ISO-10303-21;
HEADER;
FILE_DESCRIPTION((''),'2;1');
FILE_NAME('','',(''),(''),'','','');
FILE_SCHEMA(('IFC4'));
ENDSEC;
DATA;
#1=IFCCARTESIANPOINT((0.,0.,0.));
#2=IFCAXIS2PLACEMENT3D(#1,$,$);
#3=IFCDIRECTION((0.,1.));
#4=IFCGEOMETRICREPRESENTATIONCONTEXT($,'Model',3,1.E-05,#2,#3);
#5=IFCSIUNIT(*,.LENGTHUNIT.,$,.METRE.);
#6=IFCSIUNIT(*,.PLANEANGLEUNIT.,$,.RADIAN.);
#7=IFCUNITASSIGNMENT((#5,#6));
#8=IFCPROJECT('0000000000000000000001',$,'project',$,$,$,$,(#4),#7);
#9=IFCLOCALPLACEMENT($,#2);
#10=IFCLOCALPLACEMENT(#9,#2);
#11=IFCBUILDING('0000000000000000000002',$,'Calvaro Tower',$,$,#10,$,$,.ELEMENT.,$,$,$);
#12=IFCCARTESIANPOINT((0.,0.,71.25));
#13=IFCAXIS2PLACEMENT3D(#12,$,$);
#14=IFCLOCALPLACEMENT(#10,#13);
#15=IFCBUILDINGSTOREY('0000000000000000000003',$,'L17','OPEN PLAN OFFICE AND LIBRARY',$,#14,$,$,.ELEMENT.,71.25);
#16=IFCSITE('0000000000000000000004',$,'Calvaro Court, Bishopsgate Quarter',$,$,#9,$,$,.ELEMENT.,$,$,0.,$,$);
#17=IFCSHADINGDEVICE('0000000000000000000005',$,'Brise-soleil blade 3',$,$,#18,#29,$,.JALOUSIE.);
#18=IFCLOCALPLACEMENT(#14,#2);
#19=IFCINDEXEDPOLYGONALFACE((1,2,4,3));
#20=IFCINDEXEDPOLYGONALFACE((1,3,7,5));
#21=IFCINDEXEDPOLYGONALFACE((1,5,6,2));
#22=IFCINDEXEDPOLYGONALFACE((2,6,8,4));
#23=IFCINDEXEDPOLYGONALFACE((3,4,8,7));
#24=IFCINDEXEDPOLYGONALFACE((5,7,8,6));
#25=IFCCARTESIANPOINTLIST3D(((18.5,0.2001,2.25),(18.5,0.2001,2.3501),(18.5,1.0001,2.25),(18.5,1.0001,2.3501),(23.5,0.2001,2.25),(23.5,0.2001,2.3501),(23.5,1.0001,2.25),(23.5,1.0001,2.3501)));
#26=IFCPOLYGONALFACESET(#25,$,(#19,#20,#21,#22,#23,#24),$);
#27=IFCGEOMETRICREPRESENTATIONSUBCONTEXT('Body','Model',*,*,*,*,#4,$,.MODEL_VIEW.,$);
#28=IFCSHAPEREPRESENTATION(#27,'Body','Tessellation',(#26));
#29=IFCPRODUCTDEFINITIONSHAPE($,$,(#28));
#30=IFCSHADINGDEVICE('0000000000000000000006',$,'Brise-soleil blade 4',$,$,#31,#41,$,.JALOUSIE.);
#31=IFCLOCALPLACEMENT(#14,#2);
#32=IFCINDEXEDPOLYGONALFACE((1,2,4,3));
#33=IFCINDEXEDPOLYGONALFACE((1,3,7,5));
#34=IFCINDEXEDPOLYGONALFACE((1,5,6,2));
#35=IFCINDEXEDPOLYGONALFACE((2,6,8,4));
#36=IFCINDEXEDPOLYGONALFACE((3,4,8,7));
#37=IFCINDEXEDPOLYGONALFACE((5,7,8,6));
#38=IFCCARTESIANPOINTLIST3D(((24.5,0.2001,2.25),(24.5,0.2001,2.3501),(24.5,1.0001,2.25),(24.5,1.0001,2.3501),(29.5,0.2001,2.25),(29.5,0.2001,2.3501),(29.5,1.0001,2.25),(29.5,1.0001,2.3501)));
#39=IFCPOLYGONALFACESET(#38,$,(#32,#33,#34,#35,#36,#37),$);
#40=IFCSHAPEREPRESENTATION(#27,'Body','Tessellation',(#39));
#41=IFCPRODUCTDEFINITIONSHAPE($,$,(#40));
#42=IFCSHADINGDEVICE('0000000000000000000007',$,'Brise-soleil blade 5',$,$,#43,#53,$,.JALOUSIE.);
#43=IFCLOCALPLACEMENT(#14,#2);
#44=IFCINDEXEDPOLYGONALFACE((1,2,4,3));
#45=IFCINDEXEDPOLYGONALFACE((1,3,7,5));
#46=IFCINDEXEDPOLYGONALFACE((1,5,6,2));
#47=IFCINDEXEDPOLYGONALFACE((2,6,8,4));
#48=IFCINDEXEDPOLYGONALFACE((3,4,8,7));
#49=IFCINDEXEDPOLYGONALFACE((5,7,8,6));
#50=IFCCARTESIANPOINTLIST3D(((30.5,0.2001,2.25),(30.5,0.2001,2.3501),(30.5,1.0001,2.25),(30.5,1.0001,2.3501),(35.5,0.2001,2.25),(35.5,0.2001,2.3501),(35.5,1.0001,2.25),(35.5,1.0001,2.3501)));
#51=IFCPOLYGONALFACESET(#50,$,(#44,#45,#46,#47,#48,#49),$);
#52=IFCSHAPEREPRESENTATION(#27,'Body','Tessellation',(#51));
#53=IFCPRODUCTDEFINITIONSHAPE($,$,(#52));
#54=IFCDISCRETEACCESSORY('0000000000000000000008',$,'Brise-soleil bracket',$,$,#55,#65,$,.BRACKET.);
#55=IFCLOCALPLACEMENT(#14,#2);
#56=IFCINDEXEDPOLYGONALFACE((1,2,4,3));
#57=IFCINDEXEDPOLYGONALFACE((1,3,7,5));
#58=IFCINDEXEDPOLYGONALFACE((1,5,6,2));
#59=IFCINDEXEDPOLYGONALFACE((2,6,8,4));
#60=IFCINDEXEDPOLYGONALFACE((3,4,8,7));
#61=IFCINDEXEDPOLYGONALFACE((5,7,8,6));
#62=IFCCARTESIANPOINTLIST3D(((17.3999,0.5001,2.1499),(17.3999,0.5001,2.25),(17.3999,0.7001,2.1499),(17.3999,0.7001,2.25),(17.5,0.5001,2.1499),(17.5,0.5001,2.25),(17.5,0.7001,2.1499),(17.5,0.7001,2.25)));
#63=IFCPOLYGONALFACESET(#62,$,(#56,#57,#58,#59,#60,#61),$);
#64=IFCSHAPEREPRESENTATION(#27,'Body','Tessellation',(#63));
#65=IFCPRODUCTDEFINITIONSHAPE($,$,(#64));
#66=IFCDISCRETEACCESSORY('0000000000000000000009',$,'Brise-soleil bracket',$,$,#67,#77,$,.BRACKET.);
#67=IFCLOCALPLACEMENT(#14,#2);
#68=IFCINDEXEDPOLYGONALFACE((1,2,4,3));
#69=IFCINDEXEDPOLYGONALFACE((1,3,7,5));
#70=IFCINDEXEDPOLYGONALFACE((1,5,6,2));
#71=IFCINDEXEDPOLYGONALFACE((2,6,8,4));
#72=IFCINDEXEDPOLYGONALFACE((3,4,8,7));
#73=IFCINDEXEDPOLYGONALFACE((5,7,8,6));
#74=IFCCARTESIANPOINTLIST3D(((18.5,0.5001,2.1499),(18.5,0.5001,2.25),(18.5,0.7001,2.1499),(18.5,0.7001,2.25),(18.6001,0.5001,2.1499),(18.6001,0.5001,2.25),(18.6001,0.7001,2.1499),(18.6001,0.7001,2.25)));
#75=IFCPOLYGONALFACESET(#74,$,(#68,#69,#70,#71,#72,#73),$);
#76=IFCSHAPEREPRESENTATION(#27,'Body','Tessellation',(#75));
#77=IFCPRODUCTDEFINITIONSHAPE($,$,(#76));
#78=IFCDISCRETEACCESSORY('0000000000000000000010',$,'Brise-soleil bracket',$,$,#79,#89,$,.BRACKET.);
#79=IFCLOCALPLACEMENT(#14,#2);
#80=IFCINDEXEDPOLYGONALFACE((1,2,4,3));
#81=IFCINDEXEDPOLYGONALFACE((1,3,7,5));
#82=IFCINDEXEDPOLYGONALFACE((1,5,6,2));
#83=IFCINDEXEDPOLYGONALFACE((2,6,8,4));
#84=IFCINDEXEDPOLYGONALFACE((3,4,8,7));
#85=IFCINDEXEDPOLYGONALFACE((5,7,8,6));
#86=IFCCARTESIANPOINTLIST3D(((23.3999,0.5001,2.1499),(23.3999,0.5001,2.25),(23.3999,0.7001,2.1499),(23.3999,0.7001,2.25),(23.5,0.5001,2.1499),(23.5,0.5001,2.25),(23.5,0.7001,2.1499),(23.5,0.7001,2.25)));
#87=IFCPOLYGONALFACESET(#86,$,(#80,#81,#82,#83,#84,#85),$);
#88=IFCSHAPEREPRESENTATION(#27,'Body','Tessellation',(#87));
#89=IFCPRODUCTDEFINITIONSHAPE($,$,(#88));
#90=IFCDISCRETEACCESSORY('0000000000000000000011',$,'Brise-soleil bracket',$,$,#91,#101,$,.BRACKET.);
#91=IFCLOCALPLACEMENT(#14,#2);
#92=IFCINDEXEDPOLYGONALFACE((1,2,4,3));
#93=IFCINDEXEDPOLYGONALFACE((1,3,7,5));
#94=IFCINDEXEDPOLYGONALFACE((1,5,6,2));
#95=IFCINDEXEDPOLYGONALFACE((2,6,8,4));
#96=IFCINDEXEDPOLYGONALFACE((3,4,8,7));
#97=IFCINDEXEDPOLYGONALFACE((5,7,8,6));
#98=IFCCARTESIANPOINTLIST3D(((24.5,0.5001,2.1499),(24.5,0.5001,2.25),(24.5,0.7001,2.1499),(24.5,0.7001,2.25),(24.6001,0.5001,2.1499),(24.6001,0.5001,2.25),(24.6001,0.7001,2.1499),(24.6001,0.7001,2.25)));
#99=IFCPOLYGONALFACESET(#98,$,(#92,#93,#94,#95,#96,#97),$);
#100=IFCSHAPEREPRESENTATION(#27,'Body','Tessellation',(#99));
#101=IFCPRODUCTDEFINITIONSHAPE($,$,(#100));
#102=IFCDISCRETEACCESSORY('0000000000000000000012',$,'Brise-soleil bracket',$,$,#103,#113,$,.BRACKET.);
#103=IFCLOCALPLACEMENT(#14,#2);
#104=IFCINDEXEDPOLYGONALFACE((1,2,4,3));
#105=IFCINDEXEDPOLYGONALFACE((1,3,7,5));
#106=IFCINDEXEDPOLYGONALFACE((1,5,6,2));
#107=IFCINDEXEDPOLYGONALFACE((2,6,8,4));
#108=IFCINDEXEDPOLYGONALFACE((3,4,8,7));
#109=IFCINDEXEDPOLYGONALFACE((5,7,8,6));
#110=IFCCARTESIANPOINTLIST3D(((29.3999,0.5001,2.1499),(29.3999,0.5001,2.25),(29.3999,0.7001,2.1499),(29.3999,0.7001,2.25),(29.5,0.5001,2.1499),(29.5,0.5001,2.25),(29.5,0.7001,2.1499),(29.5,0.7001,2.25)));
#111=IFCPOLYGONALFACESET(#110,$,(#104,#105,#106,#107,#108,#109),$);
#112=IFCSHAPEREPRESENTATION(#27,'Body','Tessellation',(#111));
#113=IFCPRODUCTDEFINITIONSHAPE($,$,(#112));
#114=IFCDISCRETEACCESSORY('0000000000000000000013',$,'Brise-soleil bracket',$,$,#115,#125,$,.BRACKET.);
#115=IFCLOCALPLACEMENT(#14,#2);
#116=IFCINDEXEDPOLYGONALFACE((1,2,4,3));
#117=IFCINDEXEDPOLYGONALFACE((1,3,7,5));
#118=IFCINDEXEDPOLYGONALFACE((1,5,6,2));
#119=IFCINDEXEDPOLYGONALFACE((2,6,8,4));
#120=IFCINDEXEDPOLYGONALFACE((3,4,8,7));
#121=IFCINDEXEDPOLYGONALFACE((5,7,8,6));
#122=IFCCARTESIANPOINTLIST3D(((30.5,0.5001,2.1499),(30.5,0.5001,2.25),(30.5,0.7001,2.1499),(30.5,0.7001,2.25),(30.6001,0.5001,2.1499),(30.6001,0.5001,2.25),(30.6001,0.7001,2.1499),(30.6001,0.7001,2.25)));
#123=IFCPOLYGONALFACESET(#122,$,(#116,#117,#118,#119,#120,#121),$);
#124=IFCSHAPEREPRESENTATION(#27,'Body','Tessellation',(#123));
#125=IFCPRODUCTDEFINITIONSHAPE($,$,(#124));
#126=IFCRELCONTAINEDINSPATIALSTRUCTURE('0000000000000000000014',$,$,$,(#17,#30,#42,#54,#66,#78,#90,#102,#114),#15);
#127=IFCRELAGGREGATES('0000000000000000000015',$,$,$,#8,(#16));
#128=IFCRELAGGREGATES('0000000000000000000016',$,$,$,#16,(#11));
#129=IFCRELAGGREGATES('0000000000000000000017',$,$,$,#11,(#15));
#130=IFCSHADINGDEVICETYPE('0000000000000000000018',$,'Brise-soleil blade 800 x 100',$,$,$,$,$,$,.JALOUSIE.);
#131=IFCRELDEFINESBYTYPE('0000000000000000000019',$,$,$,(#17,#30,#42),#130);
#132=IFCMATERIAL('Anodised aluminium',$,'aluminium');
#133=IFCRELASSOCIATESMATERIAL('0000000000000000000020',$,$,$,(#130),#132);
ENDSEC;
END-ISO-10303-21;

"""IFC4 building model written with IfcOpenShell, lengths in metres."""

from ifc_helpers import new_model, si_unit, direction, frame, origin, origin_2d, place, context, subcontext, project, spatial, rectangle, extrude, material, material_profile, profile_set, type_object, element, save


model = new_model("IFC4")

# Units and contexts
model_context = context("Model", 3, precision=1e-05, world=origin(), true_north=direction((0.0, 1.0)))
body_context = subcontext(model_context, "Body", "Model", "MODEL_VIEW")
ifc_project = project(units=[si_unit("LENGTHUNIT", "METRE"), si_unit("PLANEANGLEUNIT", "RADIAN")], contexts=[model_context])

# Site, building, storey
site_placement = place(None, origin())
site = spatial("IfcSite", under=ifc_project, at=site_placement, Name="Calvaro Court, Bishopsgate Quarter", CompositionType="ELEMENT", RefElevation=0.0)
building_placement = place(site_placement, origin())
building = spatial("IfcBuilding", under=site, at=building_placement, Name="Calvaro Tower", CompositionType="ELEMENT")
storey_placement = place(building_placement, frame((0.0, 0.0, 71.25)))
storey = spatial("IfcBuildingStorey", under=building, at=storey_placement, Name="L17", Description="OPEN PLAN OFFICE AND LIBRARY", CompositionType="ELEMENT", Elevation=71.25)

# Shading devices
ifc_material_1 = material(Name="Anodised aluminium", Category="aluminium")
ifc_material_profile_1 = material_profile(ifc_material_1, rectangle(XDim=0.8, YDim=0.1001, at=origin_2d()), Name="Brise-soleil blade 800 x 100")
ifc_profile_set_1 = profile_set([ifc_material_profile_1], Name="Anodised aluminium")
shading_device_type = type_object("IfcShadingDeviceType", Name="Brise-soleil blade 800 x 100", PredefinedType="JALOUSIE", material=ifc_profile_set_1)
for number, where, z_axis, x_axis, name in (
    (1, (18.5, 0.6001, 2.3), (1.0, 0.0, 0.0), (0.0, 1.0, 0.0), "Brise-soleil blade 3"),
    (2, (24.5, 0.6001, 2.3), (1.0, 0.0, 0.0), (0.0, 1.0, 0.0), "Brise-soleil blade 4"),
    (3, (30.5, 0.6001, 2.3), (1.0, 0.0, 0.0), (0.0, 1.0, 0.0), "Brise-soleil blade 5"),
):
    element("IfcShadingDevice", number, at=place(storey_placement, frame(where, z_axis=z_axis, x_axis=x_axis)), inside=storey, type_object=shading_device_type, Name=name, PredefinedType="JALOUSIE", context=body_context, shape_type="SweptSolid", body=[
        extrude(rectangle(XDim=0.8, YDim=0.1001, at=origin_2d()), origin(), (0.0, 0.0, 1.0), 5.0),
    ])

# Discrete accessories
for number, where, z_axis, x_axis, name in (
    (4, (17.45, 0.6001, 2.1499), (0.0, 0.0, 1.0), (1.0, 0.0, 0.0), "Brise-soleil bracket"),
    (5, (18.55, 0.6001, 2.1499), (0.0, 0.0, 1.0), (1.0, 0.0, 0.0), "Brise-soleil bracket"),
    (6, (23.45, 0.6001, 2.1499), (0.0, 0.0, 1.0), (1.0, 0.0, 0.0), "Brise-soleil bracket"),
    (7, (24.55, 0.6001, 2.1499), (0.0, 0.0, 1.0), (1.0, 0.0, 0.0), "Brise-soleil bracket"),
    (8, (29.45, 0.6001, 2.1499), (0.0, 0.0, 1.0), (1.0, 0.0, 0.0), "Brise-soleil bracket"),
    (9, (30.55, 0.6001, 2.1499), (0.0, 0.0, 1.0), (1.0, 0.0, 0.0), "Brise-soleil bracket"),
):
    element("IfcDiscreteAccessory", number, at=place(storey_placement, frame(where, z_axis=z_axis, x_axis=x_axis)), inside=storey, Name=name, PredefinedType="BRACKET", context=body_context, shape_type="SweptSolid", body=[
        extrude(rectangle(XDim=0.1001, YDim=0.2, at=origin_2d()), origin(), (0.0, 0.0, 1.0), 0.1001),
    ])

save(model, "model.ifc")
